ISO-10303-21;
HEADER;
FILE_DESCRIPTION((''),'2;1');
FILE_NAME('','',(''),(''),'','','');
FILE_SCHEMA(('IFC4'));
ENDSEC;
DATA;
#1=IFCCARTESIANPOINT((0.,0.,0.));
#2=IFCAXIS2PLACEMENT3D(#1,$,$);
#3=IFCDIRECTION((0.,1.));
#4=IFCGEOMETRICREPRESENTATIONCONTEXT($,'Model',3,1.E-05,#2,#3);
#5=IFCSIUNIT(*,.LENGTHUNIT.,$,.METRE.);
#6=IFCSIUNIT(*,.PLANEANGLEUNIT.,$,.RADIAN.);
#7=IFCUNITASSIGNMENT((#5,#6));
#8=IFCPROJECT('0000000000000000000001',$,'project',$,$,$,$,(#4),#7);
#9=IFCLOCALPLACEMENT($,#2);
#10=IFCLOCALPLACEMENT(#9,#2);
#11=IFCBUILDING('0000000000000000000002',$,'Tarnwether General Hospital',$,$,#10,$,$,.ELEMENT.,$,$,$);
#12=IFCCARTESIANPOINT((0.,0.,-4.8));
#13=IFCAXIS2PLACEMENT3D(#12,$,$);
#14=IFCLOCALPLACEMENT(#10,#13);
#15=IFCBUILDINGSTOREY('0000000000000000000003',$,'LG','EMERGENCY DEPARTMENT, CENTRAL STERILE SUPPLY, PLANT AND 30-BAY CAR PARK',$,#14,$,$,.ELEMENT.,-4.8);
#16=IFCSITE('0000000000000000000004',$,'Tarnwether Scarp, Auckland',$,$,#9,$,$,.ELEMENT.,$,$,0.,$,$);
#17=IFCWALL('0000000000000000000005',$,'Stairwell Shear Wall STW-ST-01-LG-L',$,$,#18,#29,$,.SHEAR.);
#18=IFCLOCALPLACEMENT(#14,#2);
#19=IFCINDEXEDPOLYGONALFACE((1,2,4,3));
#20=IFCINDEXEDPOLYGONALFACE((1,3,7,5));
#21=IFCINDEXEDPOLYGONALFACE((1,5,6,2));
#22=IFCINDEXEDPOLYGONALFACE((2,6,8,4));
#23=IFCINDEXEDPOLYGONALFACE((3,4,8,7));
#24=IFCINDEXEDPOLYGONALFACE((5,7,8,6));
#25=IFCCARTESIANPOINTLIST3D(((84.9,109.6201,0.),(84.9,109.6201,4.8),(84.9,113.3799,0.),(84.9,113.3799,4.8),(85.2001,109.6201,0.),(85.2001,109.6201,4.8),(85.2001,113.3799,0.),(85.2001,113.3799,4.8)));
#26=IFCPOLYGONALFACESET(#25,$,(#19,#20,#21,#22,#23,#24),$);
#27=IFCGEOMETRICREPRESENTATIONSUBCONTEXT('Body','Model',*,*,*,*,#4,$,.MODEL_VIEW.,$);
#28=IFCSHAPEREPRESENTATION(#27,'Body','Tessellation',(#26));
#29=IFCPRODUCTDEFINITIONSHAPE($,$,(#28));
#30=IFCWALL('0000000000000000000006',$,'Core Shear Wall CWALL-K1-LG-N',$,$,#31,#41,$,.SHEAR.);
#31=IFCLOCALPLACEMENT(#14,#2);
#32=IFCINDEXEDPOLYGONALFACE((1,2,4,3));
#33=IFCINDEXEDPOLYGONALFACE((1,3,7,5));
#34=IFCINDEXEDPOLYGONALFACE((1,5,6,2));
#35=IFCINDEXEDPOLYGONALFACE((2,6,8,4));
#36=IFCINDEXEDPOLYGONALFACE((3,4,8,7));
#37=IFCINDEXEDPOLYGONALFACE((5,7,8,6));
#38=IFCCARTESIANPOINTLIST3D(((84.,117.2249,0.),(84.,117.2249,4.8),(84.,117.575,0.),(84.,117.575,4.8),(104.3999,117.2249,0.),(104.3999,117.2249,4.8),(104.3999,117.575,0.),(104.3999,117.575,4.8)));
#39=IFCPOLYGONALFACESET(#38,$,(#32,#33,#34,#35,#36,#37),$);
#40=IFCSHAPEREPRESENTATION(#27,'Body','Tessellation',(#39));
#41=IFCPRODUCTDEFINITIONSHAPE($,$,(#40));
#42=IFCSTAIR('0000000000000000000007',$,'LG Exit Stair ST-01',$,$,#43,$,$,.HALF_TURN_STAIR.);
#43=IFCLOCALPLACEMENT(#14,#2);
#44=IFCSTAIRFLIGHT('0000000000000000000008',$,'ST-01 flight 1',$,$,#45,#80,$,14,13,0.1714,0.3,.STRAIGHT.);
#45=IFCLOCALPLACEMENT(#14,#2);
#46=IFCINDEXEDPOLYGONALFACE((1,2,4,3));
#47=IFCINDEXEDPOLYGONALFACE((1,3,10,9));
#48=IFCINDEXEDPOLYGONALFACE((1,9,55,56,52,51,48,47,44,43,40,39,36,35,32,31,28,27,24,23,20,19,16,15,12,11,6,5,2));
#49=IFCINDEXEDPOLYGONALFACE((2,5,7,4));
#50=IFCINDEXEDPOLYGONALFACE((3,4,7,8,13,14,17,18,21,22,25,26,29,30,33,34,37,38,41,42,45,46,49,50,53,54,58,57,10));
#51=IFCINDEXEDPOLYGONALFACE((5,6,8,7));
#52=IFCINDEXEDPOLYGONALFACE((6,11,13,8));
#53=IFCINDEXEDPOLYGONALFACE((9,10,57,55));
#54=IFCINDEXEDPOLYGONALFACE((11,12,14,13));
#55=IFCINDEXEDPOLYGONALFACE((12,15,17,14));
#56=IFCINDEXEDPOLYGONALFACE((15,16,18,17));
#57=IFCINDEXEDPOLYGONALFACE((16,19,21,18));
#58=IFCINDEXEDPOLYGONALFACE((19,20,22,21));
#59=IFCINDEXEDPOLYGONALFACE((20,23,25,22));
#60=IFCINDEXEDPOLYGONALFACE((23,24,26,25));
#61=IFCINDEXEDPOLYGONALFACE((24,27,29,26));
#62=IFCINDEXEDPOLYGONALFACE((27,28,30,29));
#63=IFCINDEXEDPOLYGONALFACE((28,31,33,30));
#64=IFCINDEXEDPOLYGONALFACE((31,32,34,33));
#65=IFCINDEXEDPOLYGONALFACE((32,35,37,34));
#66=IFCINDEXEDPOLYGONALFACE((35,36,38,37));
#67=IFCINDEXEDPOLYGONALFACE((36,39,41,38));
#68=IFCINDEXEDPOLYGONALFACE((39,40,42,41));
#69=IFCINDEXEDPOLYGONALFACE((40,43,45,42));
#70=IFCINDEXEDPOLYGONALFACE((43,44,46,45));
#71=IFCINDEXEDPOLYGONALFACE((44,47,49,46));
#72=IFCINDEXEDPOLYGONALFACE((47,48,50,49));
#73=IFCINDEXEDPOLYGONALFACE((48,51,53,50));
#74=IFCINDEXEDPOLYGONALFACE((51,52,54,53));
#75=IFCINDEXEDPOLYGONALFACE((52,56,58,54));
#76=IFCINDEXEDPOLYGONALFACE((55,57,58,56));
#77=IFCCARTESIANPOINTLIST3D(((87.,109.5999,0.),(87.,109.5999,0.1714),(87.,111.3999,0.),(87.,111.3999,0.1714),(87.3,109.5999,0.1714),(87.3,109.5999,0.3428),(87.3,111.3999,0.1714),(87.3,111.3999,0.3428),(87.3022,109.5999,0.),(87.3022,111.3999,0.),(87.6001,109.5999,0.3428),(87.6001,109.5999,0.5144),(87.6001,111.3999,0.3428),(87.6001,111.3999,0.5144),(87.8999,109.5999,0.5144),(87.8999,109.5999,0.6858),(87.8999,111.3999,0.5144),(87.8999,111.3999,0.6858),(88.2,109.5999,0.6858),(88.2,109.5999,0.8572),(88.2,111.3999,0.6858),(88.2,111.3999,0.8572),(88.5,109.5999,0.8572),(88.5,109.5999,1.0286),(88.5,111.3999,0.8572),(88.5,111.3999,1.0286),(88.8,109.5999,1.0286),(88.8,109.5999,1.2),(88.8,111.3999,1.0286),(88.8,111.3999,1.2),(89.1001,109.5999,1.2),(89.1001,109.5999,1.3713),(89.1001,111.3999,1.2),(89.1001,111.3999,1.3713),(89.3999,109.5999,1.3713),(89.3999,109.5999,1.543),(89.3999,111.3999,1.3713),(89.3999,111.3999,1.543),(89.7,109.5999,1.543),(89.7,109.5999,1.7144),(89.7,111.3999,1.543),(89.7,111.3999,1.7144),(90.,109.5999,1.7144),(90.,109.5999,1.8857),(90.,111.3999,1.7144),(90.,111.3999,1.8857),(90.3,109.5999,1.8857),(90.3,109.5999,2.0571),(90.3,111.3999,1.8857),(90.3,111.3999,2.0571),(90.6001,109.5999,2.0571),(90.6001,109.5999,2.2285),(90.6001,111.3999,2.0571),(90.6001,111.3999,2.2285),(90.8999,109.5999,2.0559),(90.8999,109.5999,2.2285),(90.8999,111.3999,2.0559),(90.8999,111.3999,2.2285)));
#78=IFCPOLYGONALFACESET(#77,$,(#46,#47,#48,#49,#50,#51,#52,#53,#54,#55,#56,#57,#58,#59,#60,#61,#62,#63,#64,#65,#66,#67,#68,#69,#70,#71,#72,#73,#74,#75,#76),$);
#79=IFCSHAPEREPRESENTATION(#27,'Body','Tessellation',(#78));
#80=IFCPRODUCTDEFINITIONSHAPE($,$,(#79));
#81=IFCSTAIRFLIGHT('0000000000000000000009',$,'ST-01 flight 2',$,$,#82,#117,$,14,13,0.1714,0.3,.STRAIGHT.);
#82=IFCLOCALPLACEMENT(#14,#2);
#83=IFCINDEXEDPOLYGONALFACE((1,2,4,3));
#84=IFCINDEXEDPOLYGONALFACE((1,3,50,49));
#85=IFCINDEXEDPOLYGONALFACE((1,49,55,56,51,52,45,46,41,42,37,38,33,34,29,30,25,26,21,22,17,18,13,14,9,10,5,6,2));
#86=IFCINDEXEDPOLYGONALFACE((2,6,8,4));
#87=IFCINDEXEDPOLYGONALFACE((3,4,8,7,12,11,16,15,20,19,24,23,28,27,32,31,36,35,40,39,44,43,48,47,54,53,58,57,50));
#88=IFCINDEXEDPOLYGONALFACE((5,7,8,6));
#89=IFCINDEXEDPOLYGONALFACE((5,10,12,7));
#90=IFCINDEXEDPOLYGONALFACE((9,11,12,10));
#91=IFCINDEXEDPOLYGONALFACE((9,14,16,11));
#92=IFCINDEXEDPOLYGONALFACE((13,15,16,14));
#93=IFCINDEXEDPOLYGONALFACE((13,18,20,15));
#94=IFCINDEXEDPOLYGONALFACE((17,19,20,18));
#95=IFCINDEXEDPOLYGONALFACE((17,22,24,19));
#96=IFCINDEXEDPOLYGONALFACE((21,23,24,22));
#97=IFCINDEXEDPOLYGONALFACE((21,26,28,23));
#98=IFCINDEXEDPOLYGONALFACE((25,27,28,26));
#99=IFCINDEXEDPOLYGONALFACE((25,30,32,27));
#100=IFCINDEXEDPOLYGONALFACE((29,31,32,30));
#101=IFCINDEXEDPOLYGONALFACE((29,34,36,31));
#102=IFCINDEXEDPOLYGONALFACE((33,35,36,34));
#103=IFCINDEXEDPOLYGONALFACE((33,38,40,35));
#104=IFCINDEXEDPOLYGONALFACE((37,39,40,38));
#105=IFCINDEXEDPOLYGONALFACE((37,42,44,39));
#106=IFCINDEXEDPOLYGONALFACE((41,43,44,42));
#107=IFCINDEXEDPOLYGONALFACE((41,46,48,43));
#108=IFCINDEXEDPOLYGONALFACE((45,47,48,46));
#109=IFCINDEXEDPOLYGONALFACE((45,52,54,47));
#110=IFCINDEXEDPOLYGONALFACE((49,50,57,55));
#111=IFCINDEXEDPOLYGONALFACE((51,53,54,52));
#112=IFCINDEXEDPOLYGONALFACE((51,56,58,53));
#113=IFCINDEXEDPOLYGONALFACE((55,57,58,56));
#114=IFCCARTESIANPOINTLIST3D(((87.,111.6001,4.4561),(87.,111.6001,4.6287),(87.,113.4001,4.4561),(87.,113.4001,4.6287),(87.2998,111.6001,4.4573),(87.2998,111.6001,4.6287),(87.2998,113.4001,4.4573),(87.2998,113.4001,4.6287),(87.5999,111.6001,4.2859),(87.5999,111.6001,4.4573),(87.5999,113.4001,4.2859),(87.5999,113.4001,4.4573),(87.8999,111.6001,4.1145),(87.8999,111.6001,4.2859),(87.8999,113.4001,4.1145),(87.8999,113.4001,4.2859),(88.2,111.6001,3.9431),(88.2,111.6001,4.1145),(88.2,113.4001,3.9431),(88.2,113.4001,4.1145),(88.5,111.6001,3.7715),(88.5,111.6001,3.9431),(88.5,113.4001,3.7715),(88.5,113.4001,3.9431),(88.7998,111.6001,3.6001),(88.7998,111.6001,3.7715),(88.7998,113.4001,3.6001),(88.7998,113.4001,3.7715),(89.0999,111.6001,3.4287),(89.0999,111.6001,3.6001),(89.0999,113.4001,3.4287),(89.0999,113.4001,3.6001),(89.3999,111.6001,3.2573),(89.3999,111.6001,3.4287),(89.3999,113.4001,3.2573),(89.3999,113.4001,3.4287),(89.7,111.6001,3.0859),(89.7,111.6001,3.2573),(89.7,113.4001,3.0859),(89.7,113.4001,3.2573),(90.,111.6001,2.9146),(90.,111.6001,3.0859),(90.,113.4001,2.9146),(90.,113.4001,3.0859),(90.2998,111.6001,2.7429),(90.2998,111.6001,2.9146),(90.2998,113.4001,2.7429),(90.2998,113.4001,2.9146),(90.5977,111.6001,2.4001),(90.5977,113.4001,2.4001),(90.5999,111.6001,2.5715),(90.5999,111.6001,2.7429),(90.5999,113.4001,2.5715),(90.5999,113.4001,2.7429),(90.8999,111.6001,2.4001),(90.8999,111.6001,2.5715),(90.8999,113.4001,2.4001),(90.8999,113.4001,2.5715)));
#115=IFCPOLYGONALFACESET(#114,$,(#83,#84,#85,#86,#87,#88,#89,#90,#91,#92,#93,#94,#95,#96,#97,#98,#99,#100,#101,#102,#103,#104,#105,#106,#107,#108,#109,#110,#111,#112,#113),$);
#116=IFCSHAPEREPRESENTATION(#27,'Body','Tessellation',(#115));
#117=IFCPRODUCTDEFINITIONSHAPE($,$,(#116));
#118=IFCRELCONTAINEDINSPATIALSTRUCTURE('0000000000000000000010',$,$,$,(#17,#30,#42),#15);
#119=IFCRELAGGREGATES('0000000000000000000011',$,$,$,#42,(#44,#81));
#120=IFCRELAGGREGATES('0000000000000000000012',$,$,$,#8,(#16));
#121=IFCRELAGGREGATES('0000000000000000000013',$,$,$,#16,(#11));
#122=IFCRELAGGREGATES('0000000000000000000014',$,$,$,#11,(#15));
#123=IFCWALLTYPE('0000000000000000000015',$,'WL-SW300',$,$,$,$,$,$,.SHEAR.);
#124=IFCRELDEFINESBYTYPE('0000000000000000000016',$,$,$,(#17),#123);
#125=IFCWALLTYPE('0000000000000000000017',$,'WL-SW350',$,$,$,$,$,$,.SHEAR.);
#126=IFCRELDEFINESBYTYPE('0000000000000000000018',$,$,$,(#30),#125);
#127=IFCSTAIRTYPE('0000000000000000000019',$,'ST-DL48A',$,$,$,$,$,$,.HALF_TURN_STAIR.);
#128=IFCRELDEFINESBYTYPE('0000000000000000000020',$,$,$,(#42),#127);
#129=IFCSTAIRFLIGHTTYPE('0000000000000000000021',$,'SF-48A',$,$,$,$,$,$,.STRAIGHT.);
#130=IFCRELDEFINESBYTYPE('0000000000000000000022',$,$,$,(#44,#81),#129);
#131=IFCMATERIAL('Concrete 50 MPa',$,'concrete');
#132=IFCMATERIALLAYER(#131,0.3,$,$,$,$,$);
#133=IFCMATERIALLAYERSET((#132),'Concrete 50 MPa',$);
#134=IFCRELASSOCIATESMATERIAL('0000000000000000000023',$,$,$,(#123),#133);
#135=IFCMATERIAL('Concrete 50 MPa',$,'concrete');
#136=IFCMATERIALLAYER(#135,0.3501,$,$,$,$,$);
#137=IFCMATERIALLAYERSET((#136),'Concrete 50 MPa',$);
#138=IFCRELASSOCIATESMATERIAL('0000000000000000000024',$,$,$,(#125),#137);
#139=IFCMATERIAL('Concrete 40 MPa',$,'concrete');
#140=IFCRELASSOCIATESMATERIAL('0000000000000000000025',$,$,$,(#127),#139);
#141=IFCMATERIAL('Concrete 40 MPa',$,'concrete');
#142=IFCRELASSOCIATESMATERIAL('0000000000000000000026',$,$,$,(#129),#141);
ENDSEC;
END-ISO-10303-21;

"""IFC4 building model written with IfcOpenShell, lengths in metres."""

from ifc_helpers import new_model, si_unit, direction, frame, frame_2d, origin, place, context, subcontext, project, spatial, polyline, rectangle, outline, extrude, material, layer, layer_set, type_object, element, aggregate, save


model = new_model("IFC4")

# Units and contexts
model_context = context("Model", 3, precision=1e-05, world=origin(), true_north=direction((0.0, 1.0)))
body_context = subcontext(model_context, "Body", "Model", "MODEL_VIEW")
ifc_project = project(units=[si_unit("LENGTHUNIT", "METRE"), si_unit("PLANEANGLEUNIT", "RADIAN")], contexts=[model_context])

# Site, building, storey
site_placement = place(None, origin())
site = spatial("IfcSite", under=ifc_project, at=site_placement, Name="Tarnwether Scarp, Auckland", CompositionType="ELEMENT", RefElevation=0.0)
building_placement = place(site_placement, origin())
building = spatial("IfcBuilding", under=site, at=building_placement, Name="Tarnwether General Hospital", CompositionType="ELEMENT")
storey_placement = place(building_placement, frame((0.0, 0.0, -4.8)))
storey = spatial("IfcBuildingStorey", under=building, at=storey_placement, Name="LG", Description="EMERGENCY DEPARTMENT, CENTRAL STERILE SUPPLY, PLANT AND 30-BAY CAR PARK", CompositionType="ELEMENT", Elevation=-4.8)

# Shared definitions
ifc_material_1 = material(Name="Concrete 50 MPa", Category="concrete")
ifc_layer_1 = layer(ifc_material_1, 0.3)
ifc_layer_set_1 = layer_set([ifc_layer_1], Name="Concrete 50 MPa")
wall_type_1 = type_object("IfcWallType", Name="WL-SW300", PredefinedType="SHEAR", material=ifc_layer_set_1)

# Walls
wall_1_placement = place(storey_placement, frame((85.05, 109.6201, 0.0), z_axis=(0.0, 0.0, 1.0), x_axis=(0.0, 1.0, 0.0)))
element("IfcWall", 1, at=wall_1_placement, inside=storey, type_object=wall_type_1, Name="Stairwell Shear Wall STW-ST-01-LG-L", PredefinedType="SHEAR", context=body_context, shape_type="SweptSolid", body=[
    extrude(rectangle(XDim=3.7598, YDim=0.3, at=frame_2d((1.8799, 0.0))), origin(), (0.0, 0.0, 1.0), 4.8),
])
ifc_material_2 = material(Name="Concrete 50 MPa", Category="concrete")
ifc_layer_2 = layer(ifc_material_2, 0.3501)
ifc_layer_set_2 = layer_set([ifc_layer_2], Name="Concrete 50 MPa")
wall_type_2 = type_object("IfcWallType", Name="WL-SW350", PredefinedType="SHEAR", material=ifc_layer_set_2)
wall_2_placement = place(storey_placement, frame((84.0, 117.3999, 0.0), z_axis=(0.0, 0.0, 1.0), x_axis=(1.0, 0.0, 0.0)))
element("IfcWall", 2, at=wall_2_placement, inside=storey, type_object=wall_type_2, Name="Core Shear Wall CWALL-K1-LG-N", PredefinedType="SHEAR", context=body_context, shape_type="SweptSolid", body=[
    extrude(rectangle(XDim=20.3999, YDim=0.3501, at=frame_2d((10.2, 0.0))), origin(), (0.0, 0.0, 1.0), 4.8),
])

# Stair, stair flights
ifc_material_3 = material(Name="Concrete 40 MPa", Category="concrete")
stair_type = type_object("IfcStairType", Name="ST-DL48A", PredefinedType="HALF_TURN_STAIR", material=ifc_material_3)
stair_placement = place(storey_placement, origin())
stair = element("IfcStair", 3, at=stair_placement, inside=storey, type_object=stair_type, Name="LG Exit Stair ST-01", PredefinedType="HALF_TURN_STAIR")
ifc_material_4 = material(Name="Concrete 40 MPa", Category="concrete")
stair_flight_type = type_object("IfcStairFlightType", Name="SF-48A", PredefinedType="STRAIGHT", material=ifc_material_4)
stair_flight_1_placement = place(storey_placement, frame((87.0, 110.5, 0.0), z_axis=(0.0, 0.0, 1.0), x_axis=(1.0, 0.0, 0.0)))
stair_flight_1 = element("IfcStairFlight", 4, at=stair_flight_1_placement, type_object=stair_flight_type, Name="ST-01 flight 1", NumberOfRisers=14, NumberOfTreads=13, PredefinedType="STRAIGHT", RiserHeight=0.1714, TreadLength=0.3, context=body_context, shape_type="SweptSolid", body=[
    extrude(outline(polyline([(0.0, 0.0), (0.0, 0.1714), (0.3, 0.1714), (0.3, 0.3428), (0.6001, 0.3428), (0.6001, 0.5144), (0.8999, 0.5144), (0.8999, 0.6858), (1.2, 0.6858), (1.2, 0.8572), (1.5, 0.8572), (1.5, 1.0286), (1.8, 1.0286), (1.8, 1.2), (2.1001, 1.2), (2.1001, 1.3713), (2.3999, 1.3713), (2.3999, 1.543), (2.7, 1.543), (2.7, 1.7144), (3.0, 1.7144), (3.0, 1.8857), (3.3, 1.8857), (3.3, 2.0571), (3.6001, 2.0571), (3.6001, 2.2285), (3.8999, 2.2285), (3.8999, 2.3999), (3.8999, 2.0559), (0.3022, 0.0), (0.0, 0.0)])), frame((0.0, 0.8999, 0.0), z_axis=(0.0, -1.0, 0.0), x_axis=(1.0, 0.0, 0.0)), (0.0, 0.0, 1.0), 1.8),
])
stair_flight_2_placement = place(storey_placement, frame((90.8999, 112.5, 2.4001), z_axis=(0.0, 0.0, 1.0), x_axis=(-1.0, 0.0, 0.0)))
stair_flight_2 = element("IfcStairFlight", 5, at=stair_flight_2_placement, type_object=stair_flight_type, Name="ST-01 flight 2", NumberOfRisers=14, NumberOfTreads=13, PredefinedType="STRAIGHT", RiserHeight=0.1714, TreadLength=0.3, context=body_context, shape_type="SweptSolid", body=[
    extrude(outline(polyline([(0.0, 0.0), (0.0, 0.1714), (0.3, 0.1714), (0.3, 0.3428), (0.6001, 0.3428), (0.6001, 0.5144), (0.8999, 0.5144), (0.8999, 0.6858), (1.2, 0.6858), (1.2, 0.8572), (1.5, 0.8572), (1.5, 1.0286), (1.8, 1.0286), (1.8, 1.2), (2.1001, 1.2), (2.1001, 1.3713), (2.3999, 1.3713), (2.3999, 1.543), (2.7, 1.543), (2.7, 1.7144), (3.0, 1.7144), (3.0, 1.8857), (3.3, 1.8857), (3.3, 2.0571), (3.6001, 2.0571), (3.6001, 2.2285), (3.8999, 2.2285), (3.8999, 2.3999), (3.8999, 2.0559), (0.3022, 0.0), (0.0, 0.0)])), frame((0.0, 0.8999, 0.0), z_axis=(0.0, -1.0, 0.0), x_axis=(1.0, 0.0, 0.0)), (0.0, 0.0, 1.0), 1.8),
])
aggregate(stair, [stair_flight_1, stair_flight_2])

save(model, "model.ifc")
